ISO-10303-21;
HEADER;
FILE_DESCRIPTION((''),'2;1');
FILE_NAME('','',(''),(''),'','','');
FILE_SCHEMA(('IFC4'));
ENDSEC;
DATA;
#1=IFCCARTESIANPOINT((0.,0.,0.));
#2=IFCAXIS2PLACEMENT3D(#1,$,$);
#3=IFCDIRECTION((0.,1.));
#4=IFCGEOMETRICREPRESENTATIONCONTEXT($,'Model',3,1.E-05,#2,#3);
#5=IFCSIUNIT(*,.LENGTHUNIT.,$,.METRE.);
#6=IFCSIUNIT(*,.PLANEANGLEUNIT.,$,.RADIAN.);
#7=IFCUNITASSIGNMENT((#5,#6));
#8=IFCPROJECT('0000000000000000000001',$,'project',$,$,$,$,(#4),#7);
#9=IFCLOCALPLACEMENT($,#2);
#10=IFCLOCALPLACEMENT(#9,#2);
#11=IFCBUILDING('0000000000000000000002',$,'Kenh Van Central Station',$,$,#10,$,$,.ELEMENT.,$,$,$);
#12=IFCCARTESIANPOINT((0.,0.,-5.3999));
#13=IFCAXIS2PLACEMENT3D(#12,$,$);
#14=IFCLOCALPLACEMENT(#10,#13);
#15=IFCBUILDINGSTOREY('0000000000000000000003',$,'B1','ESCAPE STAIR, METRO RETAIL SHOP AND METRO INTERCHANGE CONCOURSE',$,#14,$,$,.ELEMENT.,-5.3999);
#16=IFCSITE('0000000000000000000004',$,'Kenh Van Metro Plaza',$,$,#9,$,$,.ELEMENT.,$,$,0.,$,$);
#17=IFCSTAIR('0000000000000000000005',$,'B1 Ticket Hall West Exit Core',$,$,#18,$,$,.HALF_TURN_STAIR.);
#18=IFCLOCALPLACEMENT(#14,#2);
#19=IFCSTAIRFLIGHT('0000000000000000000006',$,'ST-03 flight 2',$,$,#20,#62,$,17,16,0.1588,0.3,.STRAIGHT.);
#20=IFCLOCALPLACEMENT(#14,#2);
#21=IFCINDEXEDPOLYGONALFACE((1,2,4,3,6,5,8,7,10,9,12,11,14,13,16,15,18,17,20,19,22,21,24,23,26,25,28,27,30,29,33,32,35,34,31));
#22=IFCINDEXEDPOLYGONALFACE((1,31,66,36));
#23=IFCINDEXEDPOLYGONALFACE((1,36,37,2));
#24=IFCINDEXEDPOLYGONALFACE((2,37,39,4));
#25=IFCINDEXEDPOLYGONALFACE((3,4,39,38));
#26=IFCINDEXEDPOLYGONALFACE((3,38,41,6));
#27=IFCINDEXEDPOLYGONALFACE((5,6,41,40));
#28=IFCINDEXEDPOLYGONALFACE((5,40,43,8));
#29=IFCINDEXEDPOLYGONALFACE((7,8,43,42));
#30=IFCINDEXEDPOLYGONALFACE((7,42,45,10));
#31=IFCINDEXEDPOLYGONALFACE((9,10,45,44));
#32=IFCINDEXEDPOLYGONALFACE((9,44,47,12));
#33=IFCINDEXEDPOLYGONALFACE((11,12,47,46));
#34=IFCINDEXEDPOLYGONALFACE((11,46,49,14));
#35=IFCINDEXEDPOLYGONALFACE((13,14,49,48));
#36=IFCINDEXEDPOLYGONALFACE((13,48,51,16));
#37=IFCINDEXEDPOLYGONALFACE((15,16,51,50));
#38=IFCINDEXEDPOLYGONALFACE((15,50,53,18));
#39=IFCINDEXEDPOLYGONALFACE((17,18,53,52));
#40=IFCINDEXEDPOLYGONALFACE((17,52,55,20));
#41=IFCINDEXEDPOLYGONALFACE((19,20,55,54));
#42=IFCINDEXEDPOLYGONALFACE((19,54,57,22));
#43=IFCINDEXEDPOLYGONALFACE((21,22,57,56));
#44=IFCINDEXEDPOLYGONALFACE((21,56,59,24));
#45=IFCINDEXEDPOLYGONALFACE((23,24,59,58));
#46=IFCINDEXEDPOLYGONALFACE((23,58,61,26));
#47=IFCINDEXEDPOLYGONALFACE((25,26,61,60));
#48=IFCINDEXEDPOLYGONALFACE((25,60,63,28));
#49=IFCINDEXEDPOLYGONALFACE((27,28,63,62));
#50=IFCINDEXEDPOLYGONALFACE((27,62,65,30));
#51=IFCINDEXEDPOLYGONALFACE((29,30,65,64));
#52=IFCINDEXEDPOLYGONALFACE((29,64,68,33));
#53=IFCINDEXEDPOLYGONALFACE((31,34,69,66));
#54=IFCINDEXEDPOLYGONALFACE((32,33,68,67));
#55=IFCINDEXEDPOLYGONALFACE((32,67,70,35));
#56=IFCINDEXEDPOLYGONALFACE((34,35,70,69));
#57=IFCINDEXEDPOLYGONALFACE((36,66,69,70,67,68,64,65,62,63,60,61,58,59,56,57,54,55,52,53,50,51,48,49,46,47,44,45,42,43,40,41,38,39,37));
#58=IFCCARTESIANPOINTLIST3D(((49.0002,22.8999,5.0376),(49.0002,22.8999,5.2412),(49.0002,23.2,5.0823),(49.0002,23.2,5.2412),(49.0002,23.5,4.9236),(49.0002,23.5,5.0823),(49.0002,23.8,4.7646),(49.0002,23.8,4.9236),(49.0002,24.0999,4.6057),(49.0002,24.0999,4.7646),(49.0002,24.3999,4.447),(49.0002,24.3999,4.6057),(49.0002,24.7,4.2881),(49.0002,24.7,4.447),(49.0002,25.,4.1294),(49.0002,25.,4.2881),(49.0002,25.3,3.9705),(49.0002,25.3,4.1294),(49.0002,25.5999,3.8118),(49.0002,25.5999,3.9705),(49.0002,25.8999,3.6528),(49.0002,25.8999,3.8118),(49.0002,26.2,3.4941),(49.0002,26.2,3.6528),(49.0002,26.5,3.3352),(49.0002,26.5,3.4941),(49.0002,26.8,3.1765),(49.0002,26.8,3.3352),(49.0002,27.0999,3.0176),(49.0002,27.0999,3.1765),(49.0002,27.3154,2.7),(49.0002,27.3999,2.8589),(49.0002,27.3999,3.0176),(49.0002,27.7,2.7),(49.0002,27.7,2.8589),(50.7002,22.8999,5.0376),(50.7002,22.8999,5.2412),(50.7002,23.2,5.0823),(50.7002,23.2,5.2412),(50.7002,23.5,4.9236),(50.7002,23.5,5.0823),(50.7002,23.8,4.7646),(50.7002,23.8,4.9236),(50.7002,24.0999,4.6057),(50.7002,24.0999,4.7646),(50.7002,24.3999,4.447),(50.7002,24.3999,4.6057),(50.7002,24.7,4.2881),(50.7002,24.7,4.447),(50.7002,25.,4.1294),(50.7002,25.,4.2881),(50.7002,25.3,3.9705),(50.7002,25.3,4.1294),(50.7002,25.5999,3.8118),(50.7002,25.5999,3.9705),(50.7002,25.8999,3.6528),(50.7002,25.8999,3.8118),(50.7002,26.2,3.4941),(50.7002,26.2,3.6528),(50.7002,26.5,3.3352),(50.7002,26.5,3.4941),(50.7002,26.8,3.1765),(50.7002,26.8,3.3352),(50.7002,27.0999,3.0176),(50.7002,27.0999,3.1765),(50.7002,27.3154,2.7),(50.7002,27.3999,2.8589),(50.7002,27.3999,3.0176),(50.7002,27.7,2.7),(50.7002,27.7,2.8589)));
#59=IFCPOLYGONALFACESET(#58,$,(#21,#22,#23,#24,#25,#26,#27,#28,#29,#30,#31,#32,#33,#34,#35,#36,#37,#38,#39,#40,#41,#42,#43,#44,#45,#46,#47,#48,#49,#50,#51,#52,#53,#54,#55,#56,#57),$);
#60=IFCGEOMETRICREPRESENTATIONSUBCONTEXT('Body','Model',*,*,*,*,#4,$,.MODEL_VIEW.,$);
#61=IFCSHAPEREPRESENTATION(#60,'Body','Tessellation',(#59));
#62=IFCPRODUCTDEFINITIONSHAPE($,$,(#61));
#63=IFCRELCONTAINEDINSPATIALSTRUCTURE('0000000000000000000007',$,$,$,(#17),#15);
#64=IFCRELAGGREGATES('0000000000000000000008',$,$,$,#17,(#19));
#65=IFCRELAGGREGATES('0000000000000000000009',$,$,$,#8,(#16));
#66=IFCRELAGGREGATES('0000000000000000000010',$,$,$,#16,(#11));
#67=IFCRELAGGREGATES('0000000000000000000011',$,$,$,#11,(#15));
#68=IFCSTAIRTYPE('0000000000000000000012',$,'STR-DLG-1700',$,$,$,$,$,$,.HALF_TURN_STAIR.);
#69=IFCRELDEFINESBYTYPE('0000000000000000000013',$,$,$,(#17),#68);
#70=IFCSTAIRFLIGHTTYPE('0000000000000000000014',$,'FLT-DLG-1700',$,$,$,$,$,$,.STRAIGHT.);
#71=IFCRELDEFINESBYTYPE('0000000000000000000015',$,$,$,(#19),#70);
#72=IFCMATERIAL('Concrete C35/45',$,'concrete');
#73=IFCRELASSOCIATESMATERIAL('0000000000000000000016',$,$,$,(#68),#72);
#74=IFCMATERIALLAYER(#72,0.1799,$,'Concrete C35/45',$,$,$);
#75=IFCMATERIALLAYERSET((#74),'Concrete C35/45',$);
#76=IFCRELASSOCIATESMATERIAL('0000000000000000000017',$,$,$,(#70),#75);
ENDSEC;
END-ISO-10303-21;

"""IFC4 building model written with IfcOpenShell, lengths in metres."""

from ifc_helpers import new_model, si_unit, direction, frame, origin, place, context, subcontext, project, spatial, polyline, outline, extrude, material, layer, layer_set, type_object, element, aggregate, save


model = new_model("IFC4")

# Units and contexts
model_context = context("Model", 3, precision=1e-05, world=origin(), true_north=direction((0.0, 1.0)))
body_context = subcontext(model_context, "Body", "Model", "MODEL_VIEW")
ifc_project = project(units=[si_unit("LENGTHUNIT", "METRE"), si_unit("PLANEANGLEUNIT", "RADIAN")], contexts=[model_context])

# Site, building, storey
site_placement = place(None, origin())
site = spatial("IfcSite", under=ifc_project, at=site_placement, Name="Kenh Van Metro Plaza", CompositionType="ELEMENT", RefElevation=0.0)
building_placement = place(site_placement, origin())
building = spatial("IfcBuilding", under=site, at=building_placement, Name="Kenh Van Central Station", CompositionType="ELEMENT")
storey_placement = place(building_placement, frame((0.0, 0.0, -5.3999)))
storey = spatial("IfcBuildingStorey", under=building, at=storey_placement, Name="B1", Description="ESCAPE STAIR, METRO RETAIL SHOP AND METRO INTERCHANGE CONCOURSE", CompositionType="ELEMENT", Elevation=-5.3999)

# Stair, stair flight
ifc_material_1 = material(Name="Concrete C35/45", Category="concrete")
stair_type = type_object("IfcStairType", Name="STR-DLG-1700", PredefinedType="HALF_TURN_STAIR", material=ifc_material_1)
stair_placement = place(storey_placement, origin())
stair = element("IfcStair", 1, at=stair_placement, inside=storey, type_object=stair_type, Name="B1 Ticket Hall West Exit Core", PredefinedType="HALF_TURN_STAIR")
ifc_layer_1 = layer(ifc_material_1, 0.1799, Name="Concrete C35/45")
ifc_layer_set_1 = layer_set([ifc_layer_1], Name="Concrete C35/45")
stair_flight_type = type_object("IfcStairFlightType", Name="FLT-DLG-1700", PredefinedType="STRAIGHT", material=ifc_layer_set_1)
stair_flight_1_placement = place(storey_placement, frame((49.8501, 27.7, 2.7), z_axis=(0.0, 0.0, 1.0), x_axis=(0.0, -1.0, 0.0)))
stair_flight_1 = element("IfcStairFlight", 2, at=stair_flight_1_placement, type_object=stair_flight_type, Name="ST-03 flight 2", NumberOfRisers=17, NumberOfTreads=16, PredefinedType="STRAIGHT", RiserHeight=0.1588, TreadLength=0.3, context=body_context, shape_type="SweptSolid", body=[
    extrude(outline(polyline([(0.0, 0.0), (0.0, 0.1589), (0.3, 0.1589), (0.3, 0.3176), (0.6001, 0.3176), (0.6001, 0.4766), (0.8999, 0.4766), (0.8999, 0.6353), (1.2, 0.6353), (1.2, 0.7942), (1.5, 0.7942), (1.5, 0.9529), (1.8, 0.9529), (1.8, 1.1118), (2.1001, 1.1118), (2.1001, 1.2705), (2.3999, 1.2705), (2.3999, 1.4294), (2.7, 1.4294), (2.7, 1.5881), (3.0, 1.5881), (3.0, 1.7471), (3.3, 1.7471), (3.3, 1.9058), (3.6001, 1.9058), (3.6001, 2.0647), (3.8999, 2.0647), (3.8999, 2.2236), (4.2, 2.2236), (4.2, 2.3823), (4.5, 2.3823), (4.5, 2.5413), (4.8, 2.5413), (4.8, 2.7), (4.8, 2.3376), (0.3845, 0.0), (0.0, 0.0)])), frame((0.0, 0.8501, 0.0), z_axis=(0.0, -1.0, 0.0), x_axis=(1.0, 0.0, 0.0)), (0.0, 0.0, 1.0), 1.7),
])
aggregate(stair, [stair_flight_1])

save(model, "model.ifc")
